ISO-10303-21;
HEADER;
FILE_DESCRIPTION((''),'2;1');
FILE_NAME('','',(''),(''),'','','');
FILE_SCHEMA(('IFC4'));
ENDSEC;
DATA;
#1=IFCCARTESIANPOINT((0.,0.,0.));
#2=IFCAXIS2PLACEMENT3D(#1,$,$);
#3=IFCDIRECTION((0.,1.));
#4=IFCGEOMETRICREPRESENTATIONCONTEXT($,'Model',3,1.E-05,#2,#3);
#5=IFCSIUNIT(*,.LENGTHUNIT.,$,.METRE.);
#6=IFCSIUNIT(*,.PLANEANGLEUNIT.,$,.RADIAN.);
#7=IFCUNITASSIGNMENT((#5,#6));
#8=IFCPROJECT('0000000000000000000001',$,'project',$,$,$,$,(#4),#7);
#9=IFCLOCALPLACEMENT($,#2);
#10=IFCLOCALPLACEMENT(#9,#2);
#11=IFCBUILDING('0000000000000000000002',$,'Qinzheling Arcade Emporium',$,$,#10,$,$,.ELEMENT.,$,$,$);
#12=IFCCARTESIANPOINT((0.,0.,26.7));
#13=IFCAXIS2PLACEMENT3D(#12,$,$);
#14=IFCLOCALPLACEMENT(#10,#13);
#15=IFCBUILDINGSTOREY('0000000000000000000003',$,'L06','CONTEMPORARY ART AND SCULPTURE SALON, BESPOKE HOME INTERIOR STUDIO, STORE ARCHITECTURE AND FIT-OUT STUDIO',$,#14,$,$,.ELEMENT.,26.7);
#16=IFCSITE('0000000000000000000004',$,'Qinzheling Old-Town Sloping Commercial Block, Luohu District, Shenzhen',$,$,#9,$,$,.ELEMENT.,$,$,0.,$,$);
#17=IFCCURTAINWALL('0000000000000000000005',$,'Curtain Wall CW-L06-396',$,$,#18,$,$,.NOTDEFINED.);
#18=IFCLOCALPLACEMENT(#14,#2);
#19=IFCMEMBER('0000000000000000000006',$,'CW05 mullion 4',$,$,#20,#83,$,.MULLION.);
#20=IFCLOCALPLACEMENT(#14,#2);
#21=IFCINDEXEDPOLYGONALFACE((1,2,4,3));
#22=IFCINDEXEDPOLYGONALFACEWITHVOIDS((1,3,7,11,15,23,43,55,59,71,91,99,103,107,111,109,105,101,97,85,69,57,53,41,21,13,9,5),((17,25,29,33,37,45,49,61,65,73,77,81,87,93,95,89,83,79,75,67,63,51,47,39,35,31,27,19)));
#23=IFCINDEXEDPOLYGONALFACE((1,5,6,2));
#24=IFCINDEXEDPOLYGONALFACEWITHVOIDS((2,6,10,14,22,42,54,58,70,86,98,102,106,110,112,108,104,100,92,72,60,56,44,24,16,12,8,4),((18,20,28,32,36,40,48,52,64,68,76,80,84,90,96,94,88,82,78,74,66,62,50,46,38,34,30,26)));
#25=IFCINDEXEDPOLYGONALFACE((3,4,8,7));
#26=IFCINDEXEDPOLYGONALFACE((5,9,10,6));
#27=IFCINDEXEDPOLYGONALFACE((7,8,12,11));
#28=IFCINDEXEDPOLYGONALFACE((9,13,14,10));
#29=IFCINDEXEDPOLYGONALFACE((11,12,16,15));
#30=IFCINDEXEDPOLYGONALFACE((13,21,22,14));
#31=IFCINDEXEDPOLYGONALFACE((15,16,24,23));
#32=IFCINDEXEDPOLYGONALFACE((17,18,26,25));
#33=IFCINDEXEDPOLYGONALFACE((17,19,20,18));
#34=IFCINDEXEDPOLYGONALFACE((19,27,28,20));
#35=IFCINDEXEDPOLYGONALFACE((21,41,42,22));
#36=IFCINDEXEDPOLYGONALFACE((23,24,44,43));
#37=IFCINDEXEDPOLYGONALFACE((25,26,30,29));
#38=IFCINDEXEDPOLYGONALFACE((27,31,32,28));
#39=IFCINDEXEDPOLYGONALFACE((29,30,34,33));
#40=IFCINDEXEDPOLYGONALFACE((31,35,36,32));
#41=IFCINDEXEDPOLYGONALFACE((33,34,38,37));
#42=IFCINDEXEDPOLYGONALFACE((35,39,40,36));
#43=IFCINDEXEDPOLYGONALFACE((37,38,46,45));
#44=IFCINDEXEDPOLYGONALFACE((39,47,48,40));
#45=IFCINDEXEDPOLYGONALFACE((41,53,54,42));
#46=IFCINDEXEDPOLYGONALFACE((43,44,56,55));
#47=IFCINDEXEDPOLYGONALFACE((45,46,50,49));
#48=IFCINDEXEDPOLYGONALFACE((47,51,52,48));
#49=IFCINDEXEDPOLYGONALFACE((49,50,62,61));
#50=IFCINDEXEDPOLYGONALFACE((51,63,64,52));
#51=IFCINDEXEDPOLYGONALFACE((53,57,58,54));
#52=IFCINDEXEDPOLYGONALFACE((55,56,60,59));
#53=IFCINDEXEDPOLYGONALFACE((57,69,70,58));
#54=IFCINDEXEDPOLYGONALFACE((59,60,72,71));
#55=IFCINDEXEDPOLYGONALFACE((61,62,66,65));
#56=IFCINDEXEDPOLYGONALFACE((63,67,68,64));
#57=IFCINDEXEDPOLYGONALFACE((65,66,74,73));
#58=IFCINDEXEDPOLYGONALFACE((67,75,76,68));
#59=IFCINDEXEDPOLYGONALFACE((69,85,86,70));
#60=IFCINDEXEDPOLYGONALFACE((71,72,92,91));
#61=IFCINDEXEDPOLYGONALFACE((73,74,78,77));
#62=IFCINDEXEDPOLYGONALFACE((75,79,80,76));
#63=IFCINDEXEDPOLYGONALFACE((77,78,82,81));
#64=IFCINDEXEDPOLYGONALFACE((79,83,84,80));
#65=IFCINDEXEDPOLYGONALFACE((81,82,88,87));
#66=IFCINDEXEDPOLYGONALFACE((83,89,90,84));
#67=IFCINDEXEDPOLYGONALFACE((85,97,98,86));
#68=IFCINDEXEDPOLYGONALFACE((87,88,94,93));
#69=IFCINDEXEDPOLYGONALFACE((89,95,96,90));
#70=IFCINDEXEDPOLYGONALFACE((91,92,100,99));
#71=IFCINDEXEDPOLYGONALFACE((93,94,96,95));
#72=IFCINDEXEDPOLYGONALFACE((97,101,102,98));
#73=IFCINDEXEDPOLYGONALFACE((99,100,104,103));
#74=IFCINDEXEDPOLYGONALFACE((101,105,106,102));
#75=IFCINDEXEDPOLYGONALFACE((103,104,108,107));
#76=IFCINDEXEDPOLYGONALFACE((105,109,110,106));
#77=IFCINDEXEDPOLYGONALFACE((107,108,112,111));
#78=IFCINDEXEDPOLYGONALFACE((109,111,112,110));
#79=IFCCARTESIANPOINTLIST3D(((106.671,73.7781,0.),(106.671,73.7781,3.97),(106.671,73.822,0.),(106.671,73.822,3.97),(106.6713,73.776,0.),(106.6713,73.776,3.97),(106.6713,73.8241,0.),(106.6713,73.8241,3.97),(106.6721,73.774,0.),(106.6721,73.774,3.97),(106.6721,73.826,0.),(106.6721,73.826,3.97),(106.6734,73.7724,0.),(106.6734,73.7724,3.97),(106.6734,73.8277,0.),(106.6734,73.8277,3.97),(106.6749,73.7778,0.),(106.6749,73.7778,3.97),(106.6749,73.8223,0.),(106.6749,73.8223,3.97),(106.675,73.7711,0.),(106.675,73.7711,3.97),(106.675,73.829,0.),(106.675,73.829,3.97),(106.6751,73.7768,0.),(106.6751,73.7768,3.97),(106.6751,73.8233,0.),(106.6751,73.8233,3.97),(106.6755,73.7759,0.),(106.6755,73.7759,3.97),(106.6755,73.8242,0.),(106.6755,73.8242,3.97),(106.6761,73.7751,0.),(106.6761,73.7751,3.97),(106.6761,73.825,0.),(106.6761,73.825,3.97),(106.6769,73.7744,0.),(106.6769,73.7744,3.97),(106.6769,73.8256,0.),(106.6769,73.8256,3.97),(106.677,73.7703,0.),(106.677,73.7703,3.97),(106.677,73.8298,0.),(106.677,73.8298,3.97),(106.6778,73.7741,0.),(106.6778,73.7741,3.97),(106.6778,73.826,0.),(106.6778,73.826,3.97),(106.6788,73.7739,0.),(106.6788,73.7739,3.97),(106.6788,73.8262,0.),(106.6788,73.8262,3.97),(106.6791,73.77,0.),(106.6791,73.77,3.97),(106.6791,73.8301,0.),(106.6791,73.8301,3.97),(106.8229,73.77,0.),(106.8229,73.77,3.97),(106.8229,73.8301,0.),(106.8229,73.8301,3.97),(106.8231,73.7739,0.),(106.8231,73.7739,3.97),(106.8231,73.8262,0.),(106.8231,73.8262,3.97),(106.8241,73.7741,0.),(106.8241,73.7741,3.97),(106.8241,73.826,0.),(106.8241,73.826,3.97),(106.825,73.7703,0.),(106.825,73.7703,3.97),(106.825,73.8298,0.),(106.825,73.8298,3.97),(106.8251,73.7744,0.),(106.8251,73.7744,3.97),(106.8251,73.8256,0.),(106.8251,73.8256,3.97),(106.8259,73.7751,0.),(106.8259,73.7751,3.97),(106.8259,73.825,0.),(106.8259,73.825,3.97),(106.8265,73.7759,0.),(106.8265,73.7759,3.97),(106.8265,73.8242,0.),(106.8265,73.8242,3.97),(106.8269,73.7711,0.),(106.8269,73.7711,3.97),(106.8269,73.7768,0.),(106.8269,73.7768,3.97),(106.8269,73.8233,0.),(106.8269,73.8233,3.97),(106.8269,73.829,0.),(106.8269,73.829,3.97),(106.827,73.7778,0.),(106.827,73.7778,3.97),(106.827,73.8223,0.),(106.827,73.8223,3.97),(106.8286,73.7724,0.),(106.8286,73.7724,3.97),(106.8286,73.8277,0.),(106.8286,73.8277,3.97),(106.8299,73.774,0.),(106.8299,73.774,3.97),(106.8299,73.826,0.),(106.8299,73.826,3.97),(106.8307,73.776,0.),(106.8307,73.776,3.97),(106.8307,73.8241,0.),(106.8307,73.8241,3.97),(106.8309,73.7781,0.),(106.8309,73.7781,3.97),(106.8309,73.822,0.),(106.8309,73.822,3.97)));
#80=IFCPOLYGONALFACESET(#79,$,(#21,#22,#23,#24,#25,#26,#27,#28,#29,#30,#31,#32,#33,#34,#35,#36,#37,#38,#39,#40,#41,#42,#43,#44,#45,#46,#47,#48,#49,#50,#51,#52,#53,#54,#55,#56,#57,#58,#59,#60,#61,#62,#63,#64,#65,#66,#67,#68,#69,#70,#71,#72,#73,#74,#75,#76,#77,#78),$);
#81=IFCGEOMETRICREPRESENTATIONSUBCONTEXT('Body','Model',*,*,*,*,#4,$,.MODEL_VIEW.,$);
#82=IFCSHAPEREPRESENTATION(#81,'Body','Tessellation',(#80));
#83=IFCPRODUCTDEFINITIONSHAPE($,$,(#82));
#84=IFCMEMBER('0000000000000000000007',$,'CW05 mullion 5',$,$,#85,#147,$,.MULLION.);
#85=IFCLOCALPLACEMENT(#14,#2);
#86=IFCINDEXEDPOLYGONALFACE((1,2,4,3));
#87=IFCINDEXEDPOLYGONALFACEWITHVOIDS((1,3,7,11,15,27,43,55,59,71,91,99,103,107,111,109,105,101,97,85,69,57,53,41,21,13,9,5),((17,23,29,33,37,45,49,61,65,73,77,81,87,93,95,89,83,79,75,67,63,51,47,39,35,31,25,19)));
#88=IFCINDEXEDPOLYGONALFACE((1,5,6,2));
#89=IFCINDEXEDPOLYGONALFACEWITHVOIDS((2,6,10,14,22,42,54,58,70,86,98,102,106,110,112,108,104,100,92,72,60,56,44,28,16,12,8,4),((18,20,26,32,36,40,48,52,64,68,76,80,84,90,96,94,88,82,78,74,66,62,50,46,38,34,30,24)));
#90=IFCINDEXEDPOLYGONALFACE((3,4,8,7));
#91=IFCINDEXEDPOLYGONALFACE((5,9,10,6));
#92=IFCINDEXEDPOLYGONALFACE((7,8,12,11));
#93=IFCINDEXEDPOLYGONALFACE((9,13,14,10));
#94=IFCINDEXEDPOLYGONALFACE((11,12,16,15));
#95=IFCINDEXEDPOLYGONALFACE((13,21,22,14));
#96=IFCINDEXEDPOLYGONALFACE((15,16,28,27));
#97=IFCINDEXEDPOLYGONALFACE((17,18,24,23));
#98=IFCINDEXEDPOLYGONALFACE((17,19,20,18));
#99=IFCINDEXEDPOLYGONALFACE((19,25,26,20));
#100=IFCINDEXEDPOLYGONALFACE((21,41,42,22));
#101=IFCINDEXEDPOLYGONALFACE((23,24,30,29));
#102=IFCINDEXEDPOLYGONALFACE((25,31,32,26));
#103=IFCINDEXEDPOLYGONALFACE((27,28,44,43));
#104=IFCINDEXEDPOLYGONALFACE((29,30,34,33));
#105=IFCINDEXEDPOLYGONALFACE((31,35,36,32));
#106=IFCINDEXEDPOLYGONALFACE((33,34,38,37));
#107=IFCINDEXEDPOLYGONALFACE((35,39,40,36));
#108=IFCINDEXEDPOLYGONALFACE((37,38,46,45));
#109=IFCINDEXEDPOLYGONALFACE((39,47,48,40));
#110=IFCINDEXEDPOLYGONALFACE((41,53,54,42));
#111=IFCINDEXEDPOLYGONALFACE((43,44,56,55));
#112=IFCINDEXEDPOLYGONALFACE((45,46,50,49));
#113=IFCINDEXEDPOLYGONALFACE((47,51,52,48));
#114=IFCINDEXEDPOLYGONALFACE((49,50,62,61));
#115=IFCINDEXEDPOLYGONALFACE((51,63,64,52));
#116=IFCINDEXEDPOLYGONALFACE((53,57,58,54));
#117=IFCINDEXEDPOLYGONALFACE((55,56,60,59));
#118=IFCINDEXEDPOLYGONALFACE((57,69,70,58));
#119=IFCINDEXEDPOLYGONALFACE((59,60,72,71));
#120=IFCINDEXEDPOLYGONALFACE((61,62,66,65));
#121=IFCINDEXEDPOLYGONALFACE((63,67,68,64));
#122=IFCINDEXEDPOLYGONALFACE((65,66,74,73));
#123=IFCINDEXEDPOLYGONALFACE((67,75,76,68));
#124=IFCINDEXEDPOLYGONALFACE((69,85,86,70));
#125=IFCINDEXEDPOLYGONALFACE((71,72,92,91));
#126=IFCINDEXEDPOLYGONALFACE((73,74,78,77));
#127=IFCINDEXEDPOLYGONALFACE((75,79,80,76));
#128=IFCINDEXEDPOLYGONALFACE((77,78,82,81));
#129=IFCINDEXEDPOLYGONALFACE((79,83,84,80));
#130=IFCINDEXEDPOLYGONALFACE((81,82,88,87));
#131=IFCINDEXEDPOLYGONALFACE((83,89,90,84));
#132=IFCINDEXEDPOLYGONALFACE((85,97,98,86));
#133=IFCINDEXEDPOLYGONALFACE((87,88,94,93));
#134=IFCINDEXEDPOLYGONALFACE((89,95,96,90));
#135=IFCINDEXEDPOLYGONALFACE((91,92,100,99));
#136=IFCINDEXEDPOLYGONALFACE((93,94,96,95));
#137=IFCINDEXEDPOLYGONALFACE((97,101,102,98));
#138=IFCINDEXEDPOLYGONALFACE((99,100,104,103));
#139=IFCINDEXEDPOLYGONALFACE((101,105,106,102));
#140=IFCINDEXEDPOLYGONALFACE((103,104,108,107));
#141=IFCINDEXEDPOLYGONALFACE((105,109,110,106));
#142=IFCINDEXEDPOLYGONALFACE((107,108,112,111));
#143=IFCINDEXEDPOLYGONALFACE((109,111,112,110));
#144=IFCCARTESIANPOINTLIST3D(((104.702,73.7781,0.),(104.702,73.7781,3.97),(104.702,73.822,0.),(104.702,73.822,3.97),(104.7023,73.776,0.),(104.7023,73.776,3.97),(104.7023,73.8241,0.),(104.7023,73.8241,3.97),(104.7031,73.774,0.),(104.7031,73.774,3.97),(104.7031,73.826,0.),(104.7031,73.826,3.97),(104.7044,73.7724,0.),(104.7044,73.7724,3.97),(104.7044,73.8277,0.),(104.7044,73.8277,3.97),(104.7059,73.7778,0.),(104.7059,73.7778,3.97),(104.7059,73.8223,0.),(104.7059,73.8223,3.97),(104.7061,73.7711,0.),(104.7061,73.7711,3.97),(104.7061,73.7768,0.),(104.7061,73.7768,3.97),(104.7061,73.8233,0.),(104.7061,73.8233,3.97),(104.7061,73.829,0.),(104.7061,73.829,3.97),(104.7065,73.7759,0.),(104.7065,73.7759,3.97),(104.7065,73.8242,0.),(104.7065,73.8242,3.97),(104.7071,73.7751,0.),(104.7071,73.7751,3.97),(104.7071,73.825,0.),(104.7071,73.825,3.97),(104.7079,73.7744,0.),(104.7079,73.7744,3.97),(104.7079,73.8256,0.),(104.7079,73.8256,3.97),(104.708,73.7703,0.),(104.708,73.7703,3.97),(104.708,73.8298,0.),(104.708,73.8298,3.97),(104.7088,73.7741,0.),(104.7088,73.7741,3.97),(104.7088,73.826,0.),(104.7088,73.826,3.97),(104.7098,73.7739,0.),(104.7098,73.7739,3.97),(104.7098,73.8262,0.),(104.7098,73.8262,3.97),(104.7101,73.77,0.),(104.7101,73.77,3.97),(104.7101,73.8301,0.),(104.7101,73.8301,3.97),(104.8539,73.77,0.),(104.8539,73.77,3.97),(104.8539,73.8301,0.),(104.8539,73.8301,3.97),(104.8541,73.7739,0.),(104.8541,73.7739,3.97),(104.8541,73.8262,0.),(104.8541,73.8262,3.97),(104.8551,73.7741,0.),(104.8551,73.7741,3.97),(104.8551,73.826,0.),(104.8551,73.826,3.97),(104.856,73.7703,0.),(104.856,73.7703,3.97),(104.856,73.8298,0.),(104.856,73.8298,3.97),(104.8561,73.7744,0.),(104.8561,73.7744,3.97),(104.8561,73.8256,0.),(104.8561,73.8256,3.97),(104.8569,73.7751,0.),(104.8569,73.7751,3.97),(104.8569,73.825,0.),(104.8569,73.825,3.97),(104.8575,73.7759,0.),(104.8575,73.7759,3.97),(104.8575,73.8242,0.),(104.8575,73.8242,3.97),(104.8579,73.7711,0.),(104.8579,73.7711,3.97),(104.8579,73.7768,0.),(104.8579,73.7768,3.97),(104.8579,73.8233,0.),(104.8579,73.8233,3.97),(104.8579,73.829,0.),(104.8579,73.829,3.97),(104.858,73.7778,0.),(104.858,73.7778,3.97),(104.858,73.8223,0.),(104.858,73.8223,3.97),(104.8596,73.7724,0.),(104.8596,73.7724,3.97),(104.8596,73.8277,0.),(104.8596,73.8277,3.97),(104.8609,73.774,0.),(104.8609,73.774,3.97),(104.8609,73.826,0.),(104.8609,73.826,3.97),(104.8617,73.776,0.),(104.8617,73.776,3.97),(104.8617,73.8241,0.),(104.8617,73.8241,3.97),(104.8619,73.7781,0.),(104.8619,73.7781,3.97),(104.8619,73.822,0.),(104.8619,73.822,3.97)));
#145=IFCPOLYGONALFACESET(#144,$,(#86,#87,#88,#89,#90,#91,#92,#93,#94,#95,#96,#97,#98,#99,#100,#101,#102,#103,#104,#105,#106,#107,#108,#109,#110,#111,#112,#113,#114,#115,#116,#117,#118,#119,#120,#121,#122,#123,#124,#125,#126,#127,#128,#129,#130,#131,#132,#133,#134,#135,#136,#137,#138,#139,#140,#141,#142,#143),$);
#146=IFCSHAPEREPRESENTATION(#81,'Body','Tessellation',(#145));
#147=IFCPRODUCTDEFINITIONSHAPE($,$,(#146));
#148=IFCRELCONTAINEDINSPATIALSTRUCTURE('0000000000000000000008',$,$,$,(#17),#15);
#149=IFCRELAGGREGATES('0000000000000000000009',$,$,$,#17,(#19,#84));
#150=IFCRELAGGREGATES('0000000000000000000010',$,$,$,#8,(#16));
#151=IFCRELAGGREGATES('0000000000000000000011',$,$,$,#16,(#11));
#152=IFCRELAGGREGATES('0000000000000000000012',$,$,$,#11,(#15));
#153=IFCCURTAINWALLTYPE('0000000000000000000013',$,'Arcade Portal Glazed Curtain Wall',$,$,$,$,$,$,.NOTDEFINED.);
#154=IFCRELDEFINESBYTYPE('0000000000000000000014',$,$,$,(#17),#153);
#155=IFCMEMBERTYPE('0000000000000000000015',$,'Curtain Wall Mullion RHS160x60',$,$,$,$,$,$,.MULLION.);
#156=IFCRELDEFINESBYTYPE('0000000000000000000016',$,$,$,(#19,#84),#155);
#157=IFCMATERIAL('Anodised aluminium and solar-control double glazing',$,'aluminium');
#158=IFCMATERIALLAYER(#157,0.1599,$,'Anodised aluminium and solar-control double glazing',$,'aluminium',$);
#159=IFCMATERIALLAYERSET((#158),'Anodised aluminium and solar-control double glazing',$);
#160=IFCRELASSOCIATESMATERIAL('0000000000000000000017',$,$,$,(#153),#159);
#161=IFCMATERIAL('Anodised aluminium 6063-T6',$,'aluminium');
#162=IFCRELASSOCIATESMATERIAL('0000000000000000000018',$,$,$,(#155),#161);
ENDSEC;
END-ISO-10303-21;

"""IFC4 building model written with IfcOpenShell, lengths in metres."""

from ifc_helpers import new_model, si_unit, direction, frame, origin, origin_2d, place, context, subcontext, project, spatial, hollow_rectangle, extrude, material, layer, layer_set, material_profile, profile_set, type_object, element, aggregate, save


model = new_model("IFC4")

# Units and contexts
model_context = context("Model", 3, precision=1e-05, world=origin(), true_north=direction((0.0, 1.0)))
body_context = subcontext(model_context, "Body", "Model", "MODEL_VIEW")
ifc_project = project(units=[si_unit("LENGTHUNIT", "METRE"), si_unit("PLANEANGLEUNIT", "RADIAN")], contexts=[model_context])

# Site, building, storey
site_placement = place(None, origin())
site = spatial("IfcSite", under=ifc_project, at=site_placement, Name="Qinzheling Old-Town Sloping Commercial Block, Luohu District, Shenzhen", CompositionType="ELEMENT", RefElevation=0.0)
building_placement = place(site_placement, origin())
building = spatial("IfcBuilding", under=site, at=building_placement, Name="Qinzheling Arcade Emporium", CompositionType="ELEMENT")
storey_placement = place(building_placement, frame((0.0, 0.0, 26.7)))
storey = spatial("IfcBuildingStorey", under=building, at=storey_placement, Name="L06", Description="CONTEMPORARY ART AND SCULPTURE SALON, BESPOKE HOME INTERIOR STUDIO, STORE ARCHITECTURE AND FIT-OUT STUDIO", CompositionType="ELEMENT", Elevation=26.7)

# Curtain wall, members
ifc_material_1 = material(Name="Anodised aluminium and solar-control double glazing", Category="aluminium")
ifc_layer_1 = layer(ifc_material_1, 0.1599, Name="Anodised aluminium and solar-control double glazing", Category="aluminium")
ifc_layer_set_1 = layer_set([ifc_layer_1], Name="Anodised aluminium and solar-control double glazing")
curtain_wall_type = type_object("IfcCurtainWallType", Name="Arcade Portal Glazed Curtain Wall", PredefinedType="NOTDEFINED", material=ifc_layer_set_1)
curtain_wall_placement = place(storey_placement, origin())
curtain_wall = element("IfcCurtainWall", 1, at=curtain_wall_placement, inside=storey, type_object=curtain_wall_type, Name="Curtain Wall CW-L06-396", PredefinedType="NOTDEFINED")
ifc_material_2 = material(Name="Anodised aluminium 6063-T6", Category="aluminium")
ifc_material_profile_1 = material_profile(ifc_material_2, hollow_rectangle(XDim=0.0601, YDim=0.1599, WallThickness=0.0039, InnerFilletRadius=0.0039, OuterFilletRadius=0.0081, at=origin_2d()), Name="RHS 160x60x4", Category="aluminium")
ifc_profile_set_1 = profile_set([ifc_material_profile_1], Name="Anodised aluminium 6063-T6")
member_type_1 = type_object("IfcMemberType", Name="Curtain Wall Mullion RHS160x60", PredefinedType="MULLION", material=ifc_profile_set_1)
member_1_placement = place(storey_placement, frame((106.751, 73.8, 0.0), z_axis=(0.0, 0.0, 1.0), x_axis=(0.0, -1.0, 0.0)))
member_1 = element("IfcMember", 2, at=member_1_placement, type_object=member_type_1, Name="CW05 mullion 4", PredefinedType="MULLION", context=body_context, shape_type="SweptSolid", body=[
    extrude(hollow_rectangle(XDim=0.0601, YDim=0.1599, WallThickness=0.0039, InnerFilletRadius=0.0039, OuterFilletRadius=0.0081, at=origin_2d()), origin(), (0.0, 0.0, 1.0), 3.97),
])
member_2_placement = place(storey_placement, frame((104.782, 73.8, 0.0), z_axis=(0.0, 0.0, 1.0), x_axis=(0.0, -1.0, 0.0)))
member_2 = element("IfcMember", 3, at=member_2_placement, type_object=member_type_1, Name="CW05 mullion 5", PredefinedType="MULLION", context=body_context, shape_type="SweptSolid", body=[
    extrude(hollow_rectangle(XDim=0.0601, YDim=0.1599, WallThickness=0.0039, InnerFilletRadius=0.0039, OuterFilletRadius=0.0081, at=origin_2d()), origin(), (0.0, 0.0, 1.0), 3.97),
])
aggregate(curtain_wall, [member_1, member_2])

save(model, "model.ifc")
